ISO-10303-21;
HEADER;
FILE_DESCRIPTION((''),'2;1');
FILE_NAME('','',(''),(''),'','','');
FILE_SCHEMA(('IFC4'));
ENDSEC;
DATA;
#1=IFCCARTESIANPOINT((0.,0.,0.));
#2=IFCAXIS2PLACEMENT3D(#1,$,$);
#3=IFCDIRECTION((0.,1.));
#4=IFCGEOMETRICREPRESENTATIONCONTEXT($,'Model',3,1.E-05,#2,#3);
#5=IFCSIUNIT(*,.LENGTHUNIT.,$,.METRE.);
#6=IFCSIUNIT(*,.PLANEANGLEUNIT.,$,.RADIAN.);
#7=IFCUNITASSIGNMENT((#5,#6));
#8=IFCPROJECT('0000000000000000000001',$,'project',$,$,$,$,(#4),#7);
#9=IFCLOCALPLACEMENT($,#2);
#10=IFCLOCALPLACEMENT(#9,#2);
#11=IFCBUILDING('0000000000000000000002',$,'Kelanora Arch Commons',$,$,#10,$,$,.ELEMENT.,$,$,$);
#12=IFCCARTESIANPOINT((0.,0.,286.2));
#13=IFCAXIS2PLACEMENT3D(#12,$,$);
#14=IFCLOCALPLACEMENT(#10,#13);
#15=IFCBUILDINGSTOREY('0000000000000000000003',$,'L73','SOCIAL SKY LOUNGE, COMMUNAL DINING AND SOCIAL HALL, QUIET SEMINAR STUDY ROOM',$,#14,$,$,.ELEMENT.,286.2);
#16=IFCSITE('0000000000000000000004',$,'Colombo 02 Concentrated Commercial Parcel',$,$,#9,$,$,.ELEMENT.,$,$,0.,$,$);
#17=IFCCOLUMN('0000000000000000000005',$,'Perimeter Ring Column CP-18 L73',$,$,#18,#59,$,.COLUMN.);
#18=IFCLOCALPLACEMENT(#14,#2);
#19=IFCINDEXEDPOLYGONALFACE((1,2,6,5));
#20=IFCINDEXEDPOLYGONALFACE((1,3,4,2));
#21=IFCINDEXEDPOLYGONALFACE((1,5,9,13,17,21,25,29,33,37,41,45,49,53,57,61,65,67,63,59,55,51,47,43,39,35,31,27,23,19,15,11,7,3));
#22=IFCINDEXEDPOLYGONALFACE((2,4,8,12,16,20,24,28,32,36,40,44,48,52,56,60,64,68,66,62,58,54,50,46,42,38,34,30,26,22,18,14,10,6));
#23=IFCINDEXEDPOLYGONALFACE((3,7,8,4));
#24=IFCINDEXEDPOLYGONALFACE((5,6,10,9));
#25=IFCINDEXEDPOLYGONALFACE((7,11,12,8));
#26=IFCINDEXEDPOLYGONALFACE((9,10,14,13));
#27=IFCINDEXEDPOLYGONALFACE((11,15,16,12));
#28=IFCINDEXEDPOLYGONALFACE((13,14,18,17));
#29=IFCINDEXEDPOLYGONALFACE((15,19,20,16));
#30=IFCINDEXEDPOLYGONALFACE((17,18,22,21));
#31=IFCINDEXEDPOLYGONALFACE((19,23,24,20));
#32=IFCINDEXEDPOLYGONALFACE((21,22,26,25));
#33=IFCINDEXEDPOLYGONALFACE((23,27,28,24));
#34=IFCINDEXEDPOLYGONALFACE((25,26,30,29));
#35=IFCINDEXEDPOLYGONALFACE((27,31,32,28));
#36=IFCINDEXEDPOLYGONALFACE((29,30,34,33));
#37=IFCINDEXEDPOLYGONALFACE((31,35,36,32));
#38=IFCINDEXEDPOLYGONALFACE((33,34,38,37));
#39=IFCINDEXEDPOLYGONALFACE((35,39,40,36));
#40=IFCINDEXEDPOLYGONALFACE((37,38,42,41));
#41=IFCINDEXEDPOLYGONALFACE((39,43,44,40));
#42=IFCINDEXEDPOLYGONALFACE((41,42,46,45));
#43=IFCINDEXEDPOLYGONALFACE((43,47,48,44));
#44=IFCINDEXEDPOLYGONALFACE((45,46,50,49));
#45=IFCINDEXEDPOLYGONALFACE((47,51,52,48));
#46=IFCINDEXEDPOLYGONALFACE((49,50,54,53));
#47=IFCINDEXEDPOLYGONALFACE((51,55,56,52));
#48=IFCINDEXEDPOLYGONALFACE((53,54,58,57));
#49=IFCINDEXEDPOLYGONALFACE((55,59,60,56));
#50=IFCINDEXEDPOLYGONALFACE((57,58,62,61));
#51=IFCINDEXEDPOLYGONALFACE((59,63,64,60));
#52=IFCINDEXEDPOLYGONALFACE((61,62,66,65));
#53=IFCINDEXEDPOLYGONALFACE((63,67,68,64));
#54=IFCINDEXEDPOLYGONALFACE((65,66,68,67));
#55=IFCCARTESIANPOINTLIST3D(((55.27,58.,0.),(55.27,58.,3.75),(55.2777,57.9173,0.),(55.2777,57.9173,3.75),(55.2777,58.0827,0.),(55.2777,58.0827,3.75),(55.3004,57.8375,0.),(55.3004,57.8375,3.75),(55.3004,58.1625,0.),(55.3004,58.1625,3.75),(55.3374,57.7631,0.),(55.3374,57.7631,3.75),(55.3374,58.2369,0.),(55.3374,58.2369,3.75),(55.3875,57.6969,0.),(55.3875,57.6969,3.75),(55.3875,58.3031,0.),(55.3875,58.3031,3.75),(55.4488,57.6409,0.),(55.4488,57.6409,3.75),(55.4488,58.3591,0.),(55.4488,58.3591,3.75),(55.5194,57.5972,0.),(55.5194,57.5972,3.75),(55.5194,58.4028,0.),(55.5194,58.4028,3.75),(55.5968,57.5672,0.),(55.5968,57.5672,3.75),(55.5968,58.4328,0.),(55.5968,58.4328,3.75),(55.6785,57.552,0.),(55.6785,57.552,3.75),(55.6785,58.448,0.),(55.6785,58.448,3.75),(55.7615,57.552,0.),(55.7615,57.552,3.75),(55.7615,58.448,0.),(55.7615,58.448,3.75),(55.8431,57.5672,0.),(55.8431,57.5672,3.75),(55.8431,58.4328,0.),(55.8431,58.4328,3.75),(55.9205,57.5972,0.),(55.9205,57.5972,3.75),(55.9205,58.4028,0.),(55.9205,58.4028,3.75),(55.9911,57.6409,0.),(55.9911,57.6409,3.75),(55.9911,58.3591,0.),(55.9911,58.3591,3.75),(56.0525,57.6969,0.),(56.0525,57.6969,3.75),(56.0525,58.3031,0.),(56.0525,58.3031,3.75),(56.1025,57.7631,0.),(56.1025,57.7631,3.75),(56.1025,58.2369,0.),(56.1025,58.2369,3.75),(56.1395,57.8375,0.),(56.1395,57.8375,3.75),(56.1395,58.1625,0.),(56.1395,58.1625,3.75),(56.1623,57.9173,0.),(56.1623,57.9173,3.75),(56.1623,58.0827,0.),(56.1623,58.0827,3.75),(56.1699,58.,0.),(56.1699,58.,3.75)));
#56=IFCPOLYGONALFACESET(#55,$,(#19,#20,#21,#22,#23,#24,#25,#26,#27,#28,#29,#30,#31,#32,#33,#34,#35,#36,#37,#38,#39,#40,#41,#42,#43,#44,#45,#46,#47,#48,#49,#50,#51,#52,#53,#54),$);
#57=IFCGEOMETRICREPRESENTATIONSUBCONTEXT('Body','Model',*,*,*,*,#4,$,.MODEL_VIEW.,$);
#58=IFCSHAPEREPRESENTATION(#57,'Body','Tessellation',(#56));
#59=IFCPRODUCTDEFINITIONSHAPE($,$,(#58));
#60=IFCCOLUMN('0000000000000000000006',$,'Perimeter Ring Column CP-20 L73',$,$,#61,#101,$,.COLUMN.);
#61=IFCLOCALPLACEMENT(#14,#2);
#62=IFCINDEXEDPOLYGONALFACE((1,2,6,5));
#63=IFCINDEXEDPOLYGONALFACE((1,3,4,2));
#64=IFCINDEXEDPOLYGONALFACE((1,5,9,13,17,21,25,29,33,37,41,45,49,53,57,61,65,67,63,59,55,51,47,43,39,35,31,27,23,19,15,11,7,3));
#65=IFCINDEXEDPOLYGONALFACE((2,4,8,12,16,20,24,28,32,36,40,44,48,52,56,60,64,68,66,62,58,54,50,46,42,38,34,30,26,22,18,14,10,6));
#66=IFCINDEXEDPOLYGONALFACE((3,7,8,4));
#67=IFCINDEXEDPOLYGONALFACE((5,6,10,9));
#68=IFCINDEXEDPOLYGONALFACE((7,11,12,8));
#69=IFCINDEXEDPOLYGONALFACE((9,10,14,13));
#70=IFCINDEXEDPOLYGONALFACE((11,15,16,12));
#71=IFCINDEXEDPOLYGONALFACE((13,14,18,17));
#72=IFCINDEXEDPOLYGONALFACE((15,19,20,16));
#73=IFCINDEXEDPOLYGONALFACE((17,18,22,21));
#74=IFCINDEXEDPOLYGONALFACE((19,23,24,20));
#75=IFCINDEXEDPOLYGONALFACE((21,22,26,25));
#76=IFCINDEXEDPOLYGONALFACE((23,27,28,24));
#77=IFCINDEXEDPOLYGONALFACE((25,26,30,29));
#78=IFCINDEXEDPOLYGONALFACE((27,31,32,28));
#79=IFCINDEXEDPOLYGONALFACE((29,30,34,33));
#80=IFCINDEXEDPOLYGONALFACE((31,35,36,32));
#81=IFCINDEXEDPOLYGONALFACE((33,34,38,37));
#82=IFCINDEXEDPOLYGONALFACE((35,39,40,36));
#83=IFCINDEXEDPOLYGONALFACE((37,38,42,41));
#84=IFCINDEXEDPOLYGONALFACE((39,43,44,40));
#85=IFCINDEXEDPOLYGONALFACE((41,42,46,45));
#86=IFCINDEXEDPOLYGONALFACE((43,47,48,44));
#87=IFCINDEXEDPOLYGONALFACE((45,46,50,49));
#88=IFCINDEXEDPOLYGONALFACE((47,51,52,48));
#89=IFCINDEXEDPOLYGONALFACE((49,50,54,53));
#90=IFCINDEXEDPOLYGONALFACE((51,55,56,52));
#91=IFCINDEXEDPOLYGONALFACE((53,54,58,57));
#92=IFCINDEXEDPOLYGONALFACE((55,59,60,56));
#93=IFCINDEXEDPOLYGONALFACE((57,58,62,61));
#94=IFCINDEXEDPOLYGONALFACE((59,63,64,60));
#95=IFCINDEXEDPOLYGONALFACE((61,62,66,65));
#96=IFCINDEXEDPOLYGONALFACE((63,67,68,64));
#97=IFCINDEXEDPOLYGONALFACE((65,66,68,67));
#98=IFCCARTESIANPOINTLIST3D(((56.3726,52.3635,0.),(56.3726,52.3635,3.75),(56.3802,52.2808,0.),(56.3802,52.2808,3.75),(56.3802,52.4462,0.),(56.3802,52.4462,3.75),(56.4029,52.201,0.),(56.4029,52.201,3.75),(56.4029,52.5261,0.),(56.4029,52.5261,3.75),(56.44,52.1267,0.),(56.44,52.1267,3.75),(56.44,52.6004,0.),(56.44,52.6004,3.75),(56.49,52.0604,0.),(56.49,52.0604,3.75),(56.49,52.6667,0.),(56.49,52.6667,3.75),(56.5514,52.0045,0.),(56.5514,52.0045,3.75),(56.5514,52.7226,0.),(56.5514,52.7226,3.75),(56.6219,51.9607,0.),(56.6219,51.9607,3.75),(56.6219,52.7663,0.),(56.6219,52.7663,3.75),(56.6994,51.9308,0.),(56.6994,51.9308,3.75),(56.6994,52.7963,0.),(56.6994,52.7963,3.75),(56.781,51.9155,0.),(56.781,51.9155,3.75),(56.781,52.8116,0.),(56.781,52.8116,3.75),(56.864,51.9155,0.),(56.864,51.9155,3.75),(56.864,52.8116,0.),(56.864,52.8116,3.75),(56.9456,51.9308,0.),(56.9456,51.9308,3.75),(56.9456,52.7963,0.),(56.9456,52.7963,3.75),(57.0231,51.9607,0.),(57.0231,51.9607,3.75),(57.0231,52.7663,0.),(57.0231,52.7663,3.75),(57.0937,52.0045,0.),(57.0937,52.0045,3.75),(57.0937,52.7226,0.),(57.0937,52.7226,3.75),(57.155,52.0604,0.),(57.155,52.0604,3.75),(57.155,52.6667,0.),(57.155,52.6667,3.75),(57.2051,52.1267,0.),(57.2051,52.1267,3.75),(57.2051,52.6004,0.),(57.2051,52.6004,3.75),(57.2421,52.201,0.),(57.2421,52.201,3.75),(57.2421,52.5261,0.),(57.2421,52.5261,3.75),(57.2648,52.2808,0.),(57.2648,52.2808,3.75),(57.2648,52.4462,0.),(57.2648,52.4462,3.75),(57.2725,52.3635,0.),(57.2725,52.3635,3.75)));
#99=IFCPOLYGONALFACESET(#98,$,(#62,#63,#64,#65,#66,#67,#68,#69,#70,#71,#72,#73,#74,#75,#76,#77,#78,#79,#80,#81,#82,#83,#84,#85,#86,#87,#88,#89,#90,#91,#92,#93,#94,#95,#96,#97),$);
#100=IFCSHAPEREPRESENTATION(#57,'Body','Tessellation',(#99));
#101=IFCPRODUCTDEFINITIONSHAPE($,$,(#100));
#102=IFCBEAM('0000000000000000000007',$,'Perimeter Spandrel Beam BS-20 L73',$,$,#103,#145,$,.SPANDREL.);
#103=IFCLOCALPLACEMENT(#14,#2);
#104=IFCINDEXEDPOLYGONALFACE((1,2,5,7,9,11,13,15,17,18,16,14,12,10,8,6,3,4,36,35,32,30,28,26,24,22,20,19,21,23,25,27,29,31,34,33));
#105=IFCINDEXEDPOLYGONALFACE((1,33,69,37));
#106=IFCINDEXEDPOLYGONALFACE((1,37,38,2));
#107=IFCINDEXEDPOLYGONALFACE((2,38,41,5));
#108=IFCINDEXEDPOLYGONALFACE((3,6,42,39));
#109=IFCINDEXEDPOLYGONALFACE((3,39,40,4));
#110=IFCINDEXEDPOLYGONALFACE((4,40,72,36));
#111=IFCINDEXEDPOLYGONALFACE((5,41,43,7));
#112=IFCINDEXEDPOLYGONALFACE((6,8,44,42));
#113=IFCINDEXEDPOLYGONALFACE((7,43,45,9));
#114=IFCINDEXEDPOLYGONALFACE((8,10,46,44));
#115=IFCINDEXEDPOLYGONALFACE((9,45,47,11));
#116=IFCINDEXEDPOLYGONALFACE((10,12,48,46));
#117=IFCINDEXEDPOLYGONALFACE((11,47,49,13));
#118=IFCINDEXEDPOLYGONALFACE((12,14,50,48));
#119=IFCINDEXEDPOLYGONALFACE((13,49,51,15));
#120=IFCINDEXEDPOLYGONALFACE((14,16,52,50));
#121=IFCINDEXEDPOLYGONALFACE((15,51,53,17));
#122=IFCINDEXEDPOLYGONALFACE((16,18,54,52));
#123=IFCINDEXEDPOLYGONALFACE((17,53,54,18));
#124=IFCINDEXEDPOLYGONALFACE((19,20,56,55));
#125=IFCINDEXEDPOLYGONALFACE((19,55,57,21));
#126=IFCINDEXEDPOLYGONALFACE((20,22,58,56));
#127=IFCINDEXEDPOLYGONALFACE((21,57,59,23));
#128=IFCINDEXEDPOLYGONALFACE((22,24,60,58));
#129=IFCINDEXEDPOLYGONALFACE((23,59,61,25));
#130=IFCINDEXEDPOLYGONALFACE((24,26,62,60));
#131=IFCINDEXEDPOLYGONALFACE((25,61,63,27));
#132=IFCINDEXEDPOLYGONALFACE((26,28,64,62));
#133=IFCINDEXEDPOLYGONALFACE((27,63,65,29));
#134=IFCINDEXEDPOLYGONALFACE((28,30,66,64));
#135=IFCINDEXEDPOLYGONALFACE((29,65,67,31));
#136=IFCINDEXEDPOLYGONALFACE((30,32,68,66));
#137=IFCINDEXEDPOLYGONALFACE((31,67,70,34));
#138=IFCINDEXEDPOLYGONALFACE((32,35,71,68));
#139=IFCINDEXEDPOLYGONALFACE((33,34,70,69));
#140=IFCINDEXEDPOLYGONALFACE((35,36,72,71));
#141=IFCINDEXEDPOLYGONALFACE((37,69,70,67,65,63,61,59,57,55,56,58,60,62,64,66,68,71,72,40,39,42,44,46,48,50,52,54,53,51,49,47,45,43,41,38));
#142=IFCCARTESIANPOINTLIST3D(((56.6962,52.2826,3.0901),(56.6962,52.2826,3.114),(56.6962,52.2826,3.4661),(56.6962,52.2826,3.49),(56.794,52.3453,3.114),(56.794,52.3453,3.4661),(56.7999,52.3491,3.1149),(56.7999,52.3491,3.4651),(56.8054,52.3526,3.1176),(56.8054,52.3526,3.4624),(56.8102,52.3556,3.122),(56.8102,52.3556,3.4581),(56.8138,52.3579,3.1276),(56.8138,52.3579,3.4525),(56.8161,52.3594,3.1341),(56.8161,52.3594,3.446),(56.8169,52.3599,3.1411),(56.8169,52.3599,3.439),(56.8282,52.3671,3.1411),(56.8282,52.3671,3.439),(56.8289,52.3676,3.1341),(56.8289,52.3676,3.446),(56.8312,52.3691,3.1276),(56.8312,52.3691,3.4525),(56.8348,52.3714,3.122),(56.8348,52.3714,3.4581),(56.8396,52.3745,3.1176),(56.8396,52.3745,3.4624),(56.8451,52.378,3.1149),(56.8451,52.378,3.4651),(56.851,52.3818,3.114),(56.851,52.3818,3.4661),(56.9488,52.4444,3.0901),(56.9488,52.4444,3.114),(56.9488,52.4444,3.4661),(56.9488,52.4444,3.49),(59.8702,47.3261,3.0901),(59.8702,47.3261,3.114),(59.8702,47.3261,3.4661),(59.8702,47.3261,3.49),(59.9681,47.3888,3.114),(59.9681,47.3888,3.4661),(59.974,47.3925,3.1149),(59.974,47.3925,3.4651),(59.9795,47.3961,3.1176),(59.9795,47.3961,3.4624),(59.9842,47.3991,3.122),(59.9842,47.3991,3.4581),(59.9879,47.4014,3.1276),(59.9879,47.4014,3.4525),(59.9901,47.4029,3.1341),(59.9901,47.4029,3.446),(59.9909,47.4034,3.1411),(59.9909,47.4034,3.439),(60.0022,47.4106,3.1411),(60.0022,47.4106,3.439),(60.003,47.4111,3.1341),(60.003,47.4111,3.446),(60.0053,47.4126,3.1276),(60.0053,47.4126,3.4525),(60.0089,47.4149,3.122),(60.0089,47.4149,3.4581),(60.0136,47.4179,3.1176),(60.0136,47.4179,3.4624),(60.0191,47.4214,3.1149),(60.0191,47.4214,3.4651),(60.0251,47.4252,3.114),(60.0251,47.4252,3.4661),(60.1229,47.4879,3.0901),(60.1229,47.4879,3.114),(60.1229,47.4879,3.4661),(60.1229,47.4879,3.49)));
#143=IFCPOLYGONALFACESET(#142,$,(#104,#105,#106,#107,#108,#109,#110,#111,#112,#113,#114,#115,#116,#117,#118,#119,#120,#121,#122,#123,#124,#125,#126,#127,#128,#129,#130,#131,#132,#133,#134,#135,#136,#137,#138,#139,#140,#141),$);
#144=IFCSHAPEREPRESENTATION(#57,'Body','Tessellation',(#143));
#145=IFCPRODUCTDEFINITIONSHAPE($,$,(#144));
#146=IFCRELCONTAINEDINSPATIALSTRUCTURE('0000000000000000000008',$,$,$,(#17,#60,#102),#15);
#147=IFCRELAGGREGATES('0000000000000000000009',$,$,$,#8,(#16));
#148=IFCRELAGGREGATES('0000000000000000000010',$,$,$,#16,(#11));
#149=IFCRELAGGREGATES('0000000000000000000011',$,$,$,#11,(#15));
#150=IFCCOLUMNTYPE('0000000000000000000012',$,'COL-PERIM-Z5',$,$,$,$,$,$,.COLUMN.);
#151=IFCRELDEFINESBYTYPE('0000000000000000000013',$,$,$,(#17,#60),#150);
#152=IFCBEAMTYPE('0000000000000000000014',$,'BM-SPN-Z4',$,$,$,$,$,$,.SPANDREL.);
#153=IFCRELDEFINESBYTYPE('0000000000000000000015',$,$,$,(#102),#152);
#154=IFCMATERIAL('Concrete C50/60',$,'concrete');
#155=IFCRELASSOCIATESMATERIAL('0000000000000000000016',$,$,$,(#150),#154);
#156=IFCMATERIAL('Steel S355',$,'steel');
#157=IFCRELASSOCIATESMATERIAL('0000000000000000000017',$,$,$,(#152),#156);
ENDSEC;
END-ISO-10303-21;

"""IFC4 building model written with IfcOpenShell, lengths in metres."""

from ifc_helpers import new_model, si_unit, direction, frame, origin, origin_2d, place, context, subcontext, project, spatial, circle, i_section, extrude, material, material_profile, profile_set, type_object, element, save


model = new_model("IFC4")

# Units and contexts
model_context = context("Model", 3, precision=1e-05, world=origin(), true_north=direction((0.0, 1.0)))
body_context = subcontext(model_context, "Body", "Model", "MODEL_VIEW")
ifc_project = project(units=[si_unit("LENGTHUNIT", "METRE"), si_unit("PLANEANGLEUNIT", "RADIAN")], contexts=[model_context])

# Site, building, storey
site_placement = place(None, origin())
site = spatial("IfcSite", under=ifc_project, at=site_placement, Name="Colombo 02 Concentrated Commercial Parcel", CompositionType="ELEMENT", RefElevation=0.0)
building_placement = place(site_placement, origin())
building = spatial("IfcBuilding", under=site, at=building_placement, Name="Kelanora Arch Commons", CompositionType="ELEMENT")
storey_placement = place(building_placement, frame((0.0, 0.0, 286.2)))
storey = spatial("IfcBuildingStorey", under=building, at=storey_placement, Name="L73", Description="SOCIAL SKY LOUNGE, COMMUNAL DINING AND SOCIAL HALL, QUIET SEMINAR STUDY ROOM", CompositionType="ELEMENT", Elevation=286.2)

# Columns
ifc_material_1 = material(Name="Concrete C50/60", Category="concrete")
ifc_material_profile_1 = material_profile(ifc_material_1, circle(Radius=0.45, at=origin_2d()), Name="RCC900")
ifc_profile_set_1 = profile_set([ifc_material_profile_1], Name="Concrete C50/60")
column_type = type_object("IfcColumnType", Name="COL-PERIM-Z5", PredefinedType="COLUMN", material=ifc_profile_set_1)
for number, where, z_axis, x_axis, name in (
    (1, (55.72, 58.0, 0.0), (0.0, 0.0, 1.0), (1.0, 0.0, 0.0), "Perimeter Ring Column CP-18 L73"),
    (2, (56.8225, 52.3635, 0.0), (0.0, 0.0, 1.0), (1.0, 0.0, 0.0), "Perimeter Ring Column CP-20 L73"),
):
    element("IfcColumn", number, at=place(storey_placement, frame(where, z_axis=z_axis, x_axis=x_axis)), inside=storey, type_object=column_type, Name=name, PredefinedType="COLUMN", context=body_context, shape_type="SweptSolid", body=[
        extrude(circle(Radius=0.45, at=origin_2d()), origin(), (0.0, 0.0, 1.0), 3.75),
    ])

# Beam
ifc_material_2 = material(Name="Steel S355", Category="steel")
ifc_material_profile_2 = material_profile(ifc_material_2, i_section(OverallWidth=0.3, OverallDepth=0.3999, WebThickness=0.0134, FlangeThickness=0.0239, FilletRadius=0.0271, at=origin_2d()), Name="HEB400")
ifc_profile_set_2 = profile_set([ifc_material_profile_2], Name="Steel S355")
beam_type = type_object("IfcBeamType", Name="BM-SPN-Z4", PredefinedType="SPANDREL", material=ifc_profile_set_2)
beam_placement = place(storey_placement, frame((56.8225, 52.3635, 3.29), z_axis=(0.539281, -0.842126, 0.0), x_axis=(0.842126, 0.539281, 0.0)))
element("IfcBeam", 3, at=beam_placement, inside=storey, type_object=beam_type, Name="Perimeter Spandrel Beam BS-20 L73", PredefinedType="SPANDREL", context=body_context, shape_type="SweptSolid", body=[
    extrude(i_section(OverallWidth=0.3, OverallDepth=0.3999, WebThickness=0.0134, FlangeThickness=0.0239, FilletRadius=0.0271, at=origin_2d()), origin(), (0.0, 0.0, 1.0), 5.8857),
])

save(model, "model.ifc")
